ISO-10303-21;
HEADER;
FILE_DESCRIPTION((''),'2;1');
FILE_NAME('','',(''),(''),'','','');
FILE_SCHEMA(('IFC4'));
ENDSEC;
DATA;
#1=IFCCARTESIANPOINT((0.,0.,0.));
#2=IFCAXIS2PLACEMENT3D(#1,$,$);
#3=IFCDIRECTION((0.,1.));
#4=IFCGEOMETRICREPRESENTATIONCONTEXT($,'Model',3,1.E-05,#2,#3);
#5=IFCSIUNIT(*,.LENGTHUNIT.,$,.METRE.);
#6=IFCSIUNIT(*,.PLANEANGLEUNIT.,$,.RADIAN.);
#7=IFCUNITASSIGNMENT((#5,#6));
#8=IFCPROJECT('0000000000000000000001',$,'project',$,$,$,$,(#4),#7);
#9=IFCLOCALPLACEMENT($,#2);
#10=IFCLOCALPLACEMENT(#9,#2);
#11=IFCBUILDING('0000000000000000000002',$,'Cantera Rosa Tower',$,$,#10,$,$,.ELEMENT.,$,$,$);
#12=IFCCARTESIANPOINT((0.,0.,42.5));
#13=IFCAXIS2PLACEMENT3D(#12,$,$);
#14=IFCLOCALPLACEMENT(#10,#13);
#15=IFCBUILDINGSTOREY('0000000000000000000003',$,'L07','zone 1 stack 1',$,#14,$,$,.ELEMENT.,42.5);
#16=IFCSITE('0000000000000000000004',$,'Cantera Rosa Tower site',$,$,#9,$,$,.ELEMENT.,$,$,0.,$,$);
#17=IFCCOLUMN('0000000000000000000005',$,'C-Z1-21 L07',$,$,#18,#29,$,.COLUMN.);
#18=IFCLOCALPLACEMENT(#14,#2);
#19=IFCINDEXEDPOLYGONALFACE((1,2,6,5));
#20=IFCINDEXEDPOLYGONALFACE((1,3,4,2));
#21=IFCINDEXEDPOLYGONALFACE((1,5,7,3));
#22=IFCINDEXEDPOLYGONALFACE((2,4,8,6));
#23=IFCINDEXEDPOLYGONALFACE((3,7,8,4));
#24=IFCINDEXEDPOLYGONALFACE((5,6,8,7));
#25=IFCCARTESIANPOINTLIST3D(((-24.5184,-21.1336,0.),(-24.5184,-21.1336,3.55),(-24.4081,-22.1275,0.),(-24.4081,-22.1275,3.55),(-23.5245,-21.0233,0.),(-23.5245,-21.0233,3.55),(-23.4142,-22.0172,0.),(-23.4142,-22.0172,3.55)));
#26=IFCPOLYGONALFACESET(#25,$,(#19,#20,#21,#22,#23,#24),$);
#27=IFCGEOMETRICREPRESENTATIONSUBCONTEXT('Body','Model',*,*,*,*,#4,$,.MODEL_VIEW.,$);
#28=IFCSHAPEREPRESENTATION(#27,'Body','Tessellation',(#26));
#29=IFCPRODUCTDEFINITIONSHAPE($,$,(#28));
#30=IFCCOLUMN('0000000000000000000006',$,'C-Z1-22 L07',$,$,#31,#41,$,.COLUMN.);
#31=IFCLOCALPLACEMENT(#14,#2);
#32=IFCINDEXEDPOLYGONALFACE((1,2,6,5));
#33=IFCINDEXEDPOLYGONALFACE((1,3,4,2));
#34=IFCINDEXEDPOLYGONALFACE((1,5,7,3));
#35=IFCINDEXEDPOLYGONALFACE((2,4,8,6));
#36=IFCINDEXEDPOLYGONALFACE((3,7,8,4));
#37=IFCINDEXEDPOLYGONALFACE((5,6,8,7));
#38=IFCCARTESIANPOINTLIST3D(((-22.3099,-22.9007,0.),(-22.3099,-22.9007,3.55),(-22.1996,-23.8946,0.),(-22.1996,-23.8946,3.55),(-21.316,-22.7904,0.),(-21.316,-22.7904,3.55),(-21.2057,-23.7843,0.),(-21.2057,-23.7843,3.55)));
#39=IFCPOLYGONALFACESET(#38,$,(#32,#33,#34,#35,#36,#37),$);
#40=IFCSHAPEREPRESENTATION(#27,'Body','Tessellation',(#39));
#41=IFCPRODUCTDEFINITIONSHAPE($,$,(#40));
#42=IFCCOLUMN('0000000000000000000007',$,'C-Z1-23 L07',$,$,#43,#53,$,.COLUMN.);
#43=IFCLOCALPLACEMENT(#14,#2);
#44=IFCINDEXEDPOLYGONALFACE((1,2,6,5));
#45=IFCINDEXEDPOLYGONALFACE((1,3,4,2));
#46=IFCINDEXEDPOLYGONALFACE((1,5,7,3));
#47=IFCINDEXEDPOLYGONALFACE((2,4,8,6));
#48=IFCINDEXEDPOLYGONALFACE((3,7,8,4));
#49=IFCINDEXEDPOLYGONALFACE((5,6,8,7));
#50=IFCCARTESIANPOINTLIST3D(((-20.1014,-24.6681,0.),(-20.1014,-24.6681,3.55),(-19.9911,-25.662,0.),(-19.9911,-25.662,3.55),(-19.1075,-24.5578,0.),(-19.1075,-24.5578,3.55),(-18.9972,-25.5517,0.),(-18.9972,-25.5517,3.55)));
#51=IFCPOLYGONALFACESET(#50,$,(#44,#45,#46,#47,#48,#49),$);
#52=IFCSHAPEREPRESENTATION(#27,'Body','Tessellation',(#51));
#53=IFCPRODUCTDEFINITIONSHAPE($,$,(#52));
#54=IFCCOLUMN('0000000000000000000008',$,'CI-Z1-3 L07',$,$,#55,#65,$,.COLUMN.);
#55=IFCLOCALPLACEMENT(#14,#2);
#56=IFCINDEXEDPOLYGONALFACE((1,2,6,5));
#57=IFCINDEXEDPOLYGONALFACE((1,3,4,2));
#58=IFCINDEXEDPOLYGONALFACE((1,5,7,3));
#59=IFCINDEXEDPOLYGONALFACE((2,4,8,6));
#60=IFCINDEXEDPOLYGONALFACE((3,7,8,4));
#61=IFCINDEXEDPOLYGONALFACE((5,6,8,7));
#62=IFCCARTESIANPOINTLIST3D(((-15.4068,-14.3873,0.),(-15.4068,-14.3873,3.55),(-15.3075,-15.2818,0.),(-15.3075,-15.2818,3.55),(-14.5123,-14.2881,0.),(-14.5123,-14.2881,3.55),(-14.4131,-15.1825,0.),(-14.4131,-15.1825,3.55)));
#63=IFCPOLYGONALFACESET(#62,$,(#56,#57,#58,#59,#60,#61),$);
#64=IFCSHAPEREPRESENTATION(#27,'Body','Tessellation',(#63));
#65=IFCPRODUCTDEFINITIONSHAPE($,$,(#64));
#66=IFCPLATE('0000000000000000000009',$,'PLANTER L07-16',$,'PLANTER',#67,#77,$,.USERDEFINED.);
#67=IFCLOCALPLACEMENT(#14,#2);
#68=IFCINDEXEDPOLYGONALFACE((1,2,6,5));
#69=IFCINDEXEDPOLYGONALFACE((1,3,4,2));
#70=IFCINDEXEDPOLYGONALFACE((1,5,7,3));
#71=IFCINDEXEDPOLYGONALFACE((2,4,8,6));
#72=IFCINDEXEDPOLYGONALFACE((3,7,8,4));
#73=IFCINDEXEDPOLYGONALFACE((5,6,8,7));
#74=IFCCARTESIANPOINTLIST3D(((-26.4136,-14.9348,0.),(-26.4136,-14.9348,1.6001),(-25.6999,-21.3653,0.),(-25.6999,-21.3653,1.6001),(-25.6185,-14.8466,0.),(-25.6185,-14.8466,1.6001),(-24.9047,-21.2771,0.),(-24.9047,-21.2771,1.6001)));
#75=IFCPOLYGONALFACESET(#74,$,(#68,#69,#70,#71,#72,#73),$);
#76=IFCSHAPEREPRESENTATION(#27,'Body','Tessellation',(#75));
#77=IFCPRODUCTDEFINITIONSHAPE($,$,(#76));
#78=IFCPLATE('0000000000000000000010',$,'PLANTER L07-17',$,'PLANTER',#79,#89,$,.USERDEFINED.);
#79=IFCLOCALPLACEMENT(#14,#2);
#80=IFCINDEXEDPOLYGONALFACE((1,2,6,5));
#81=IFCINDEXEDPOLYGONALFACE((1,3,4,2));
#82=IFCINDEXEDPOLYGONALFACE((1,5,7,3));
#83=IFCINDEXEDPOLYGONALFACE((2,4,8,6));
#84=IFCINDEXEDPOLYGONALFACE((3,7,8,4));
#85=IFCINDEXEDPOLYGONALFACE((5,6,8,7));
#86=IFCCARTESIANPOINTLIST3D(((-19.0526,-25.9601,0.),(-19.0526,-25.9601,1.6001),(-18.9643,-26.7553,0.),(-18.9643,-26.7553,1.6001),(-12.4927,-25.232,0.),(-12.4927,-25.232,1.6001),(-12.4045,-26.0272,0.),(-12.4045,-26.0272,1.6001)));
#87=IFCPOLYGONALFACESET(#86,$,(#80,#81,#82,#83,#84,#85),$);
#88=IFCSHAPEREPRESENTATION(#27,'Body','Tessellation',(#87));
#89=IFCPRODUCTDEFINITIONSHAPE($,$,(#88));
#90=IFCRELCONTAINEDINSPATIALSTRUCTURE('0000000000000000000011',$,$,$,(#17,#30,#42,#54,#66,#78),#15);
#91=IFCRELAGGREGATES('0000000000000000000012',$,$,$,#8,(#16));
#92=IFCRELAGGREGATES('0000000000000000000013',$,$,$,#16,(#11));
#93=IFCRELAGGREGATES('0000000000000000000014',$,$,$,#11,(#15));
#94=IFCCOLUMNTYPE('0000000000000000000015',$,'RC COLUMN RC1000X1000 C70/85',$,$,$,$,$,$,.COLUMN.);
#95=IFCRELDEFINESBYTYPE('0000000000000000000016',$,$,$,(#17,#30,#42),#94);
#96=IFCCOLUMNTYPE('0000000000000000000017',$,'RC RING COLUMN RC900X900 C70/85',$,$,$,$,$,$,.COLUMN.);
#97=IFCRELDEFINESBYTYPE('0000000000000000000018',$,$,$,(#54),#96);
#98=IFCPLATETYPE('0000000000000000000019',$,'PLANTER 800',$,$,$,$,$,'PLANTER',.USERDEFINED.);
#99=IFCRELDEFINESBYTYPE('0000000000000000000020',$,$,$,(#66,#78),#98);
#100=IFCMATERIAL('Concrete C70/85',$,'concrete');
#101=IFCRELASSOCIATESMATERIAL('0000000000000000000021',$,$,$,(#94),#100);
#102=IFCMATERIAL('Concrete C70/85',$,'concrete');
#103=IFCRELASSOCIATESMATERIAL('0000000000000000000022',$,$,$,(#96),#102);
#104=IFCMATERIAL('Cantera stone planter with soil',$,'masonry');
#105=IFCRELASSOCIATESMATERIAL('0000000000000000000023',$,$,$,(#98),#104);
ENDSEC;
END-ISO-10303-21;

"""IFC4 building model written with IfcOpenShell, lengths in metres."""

from ifc_helpers import new_model, si_unit, direction, frame, origin, origin_2d, place, context, subcontext, project, spatial, rectangle, extrude, material, material_profile, profile_set, type_object, element, save


model = new_model("IFC4")

# Units and contexts
model_context = context("Model", 3, precision=1e-05, world=origin(), true_north=direction((0.0, 1.0)))
body_context = subcontext(model_context, "Body", "Model", "MODEL_VIEW")
ifc_project = project(units=[si_unit("LENGTHUNIT", "METRE"), si_unit("PLANEANGLEUNIT", "RADIAN")], contexts=[model_context])

# Site, building, storey
site_placement = place(None, origin())
site = spatial("IfcSite", under=ifc_project, at=site_placement, Name="Cantera Rosa Tower site", CompositionType="ELEMENT", RefElevation=0.0)
building_placement = place(site_placement, origin())
building = spatial("IfcBuilding", under=site, at=building_placement, Name="Cantera Rosa Tower", CompositionType="ELEMENT")
storey_placement = place(building_placement, frame((0.0, 0.0, 42.5)))
storey = spatial("IfcBuildingStorey", under=building, at=storey_placement, Name="L07", Description="zone 1 stack 1", CompositionType="ELEMENT", Elevation=42.5)

# Columns
ifc_material_1 = material(Name="Concrete C70/85", Category="concrete")
ifc_material_profile_1 = material_profile(ifc_material_1, rectangle(XDim=1.0, YDim=1.0, at=origin_2d()), Name="RC COLUMN RC1000X1000 C70/85")
ifc_profile_set_1 = profile_set([ifc_material_profile_1], Name="Concrete C70/85")
column_type_1 = type_object("IfcColumnType", Name="RC COLUMN RC1000X1000 C70/85", PredefinedType="COLUMN", material=ifc_profile_set_1)
for number, where, z_axis, x_axis, name in (
    (1, (-23.9663, -21.5754, 0.0), (0.0, 0.0, 1.0), (0.993897, 0.110313, 0.0), "C-Z1-21 L07"),
    (2, (-21.7578, -23.3425, 0.0), (0.0, 0.0, 1.0), (0.993897, 0.110313, 0.0), "C-Z1-22 L07"),
    (3, (-19.5493, -25.1099, 0.0), (0.0, 0.0, 1.0), (0.993897, 0.110313, 0.0), "C-Z1-23 L07"),
):
    element("IfcColumn", number, at=place(storey_placement, frame(where, z_axis=z_axis, x_axis=x_axis)), inside=storey, type_object=column_type_1, Name=name, PredefinedType="COLUMN", context=body_context, shape_type="SweptSolid", body=[
        extrude(rectangle(XDim=1.0, YDim=1.0, at=origin_2d()), origin(), (0.0, 0.0, 1.0), 3.55),
    ])
ifc_material_2 = material(Name="Concrete C70/85", Category="concrete")
ifc_material_profile_2 = material_profile(ifc_material_2, rectangle(XDim=0.8999, YDim=0.8999, at=origin_2d()), Name="RC RING COLUMN RC900X900 C70/85")
ifc_profile_set_2 = profile_set([ifc_material_profile_2], Name="Concrete C70/85")
column_type_2 = type_object("IfcColumnType", Name="RC RING COLUMN RC900X900 C70/85", PredefinedType="COLUMN", material=ifc_profile_set_2)
column_placement = place(storey_placement, frame((-14.9099, -14.7849, 0.0), z_axis=(0.0, 0.0, 1.0), x_axis=(0.993897, 0.110313, 0.0)))
element("IfcColumn", 4, at=column_placement, inside=storey, type_object=column_type_2, Name="CI-Z1-3 L07", PredefinedType="COLUMN", context=body_context, shape_type="SweptSolid", body=[
    extrude(rectangle(XDim=0.8999, YDim=0.8999, at=origin_2d()), origin(), (0.0, 0.0, 1.0), 3.55),
])

# Plates
ifc_material_3 = material(Name="Cantera stone planter with soil", Category="masonry")
plate_type = type_object("IfcPlateType", Name="PLANTER 800", ElementType="PLANTER", PredefinedType="USERDEFINED", material=ifc_material_3)
plate_1_placement = place(storey_placement, frame((-25.6592, -18.106, 0.0), z_axis=(0.0, 0.0, 1.0), x_axis=(0.110313, -0.993897, 0.0)))
element("IfcPlate", 5, at=plate_1_placement, inside=storey, type_object=plate_type, Name="PLANTER L07-16", ObjectType="PLANTER", PredefinedType="USERDEFINED", context=body_context, shape_type="SweptSolid", body=[
    extrude(rectangle(XDim=6.47, YDim=0.8, at=origin_2d()), origin(), (0.0, 0.0, 1.0), 1.6001),
])
plate_2_placement = place(storey_placement, frame((-15.7285, -25.9937, 0.0), z_axis=(0.0, 0.0, 1.0), x_axis=(0.993897, 0.110313, 0.0)))
element("IfcPlate", 6, at=plate_2_placement, inside=storey, type_object=plate_type, Name="PLANTER L07-17", ObjectType="PLANTER", PredefinedType="USERDEFINED", context=body_context, shape_type="SweptSolid", body=[
    extrude(rectangle(XDim=6.6001, YDim=0.8, at=origin_2d()), origin(), (0.0, 0.0, 1.0), 1.6001),
])

save(model, "model.ifc")
